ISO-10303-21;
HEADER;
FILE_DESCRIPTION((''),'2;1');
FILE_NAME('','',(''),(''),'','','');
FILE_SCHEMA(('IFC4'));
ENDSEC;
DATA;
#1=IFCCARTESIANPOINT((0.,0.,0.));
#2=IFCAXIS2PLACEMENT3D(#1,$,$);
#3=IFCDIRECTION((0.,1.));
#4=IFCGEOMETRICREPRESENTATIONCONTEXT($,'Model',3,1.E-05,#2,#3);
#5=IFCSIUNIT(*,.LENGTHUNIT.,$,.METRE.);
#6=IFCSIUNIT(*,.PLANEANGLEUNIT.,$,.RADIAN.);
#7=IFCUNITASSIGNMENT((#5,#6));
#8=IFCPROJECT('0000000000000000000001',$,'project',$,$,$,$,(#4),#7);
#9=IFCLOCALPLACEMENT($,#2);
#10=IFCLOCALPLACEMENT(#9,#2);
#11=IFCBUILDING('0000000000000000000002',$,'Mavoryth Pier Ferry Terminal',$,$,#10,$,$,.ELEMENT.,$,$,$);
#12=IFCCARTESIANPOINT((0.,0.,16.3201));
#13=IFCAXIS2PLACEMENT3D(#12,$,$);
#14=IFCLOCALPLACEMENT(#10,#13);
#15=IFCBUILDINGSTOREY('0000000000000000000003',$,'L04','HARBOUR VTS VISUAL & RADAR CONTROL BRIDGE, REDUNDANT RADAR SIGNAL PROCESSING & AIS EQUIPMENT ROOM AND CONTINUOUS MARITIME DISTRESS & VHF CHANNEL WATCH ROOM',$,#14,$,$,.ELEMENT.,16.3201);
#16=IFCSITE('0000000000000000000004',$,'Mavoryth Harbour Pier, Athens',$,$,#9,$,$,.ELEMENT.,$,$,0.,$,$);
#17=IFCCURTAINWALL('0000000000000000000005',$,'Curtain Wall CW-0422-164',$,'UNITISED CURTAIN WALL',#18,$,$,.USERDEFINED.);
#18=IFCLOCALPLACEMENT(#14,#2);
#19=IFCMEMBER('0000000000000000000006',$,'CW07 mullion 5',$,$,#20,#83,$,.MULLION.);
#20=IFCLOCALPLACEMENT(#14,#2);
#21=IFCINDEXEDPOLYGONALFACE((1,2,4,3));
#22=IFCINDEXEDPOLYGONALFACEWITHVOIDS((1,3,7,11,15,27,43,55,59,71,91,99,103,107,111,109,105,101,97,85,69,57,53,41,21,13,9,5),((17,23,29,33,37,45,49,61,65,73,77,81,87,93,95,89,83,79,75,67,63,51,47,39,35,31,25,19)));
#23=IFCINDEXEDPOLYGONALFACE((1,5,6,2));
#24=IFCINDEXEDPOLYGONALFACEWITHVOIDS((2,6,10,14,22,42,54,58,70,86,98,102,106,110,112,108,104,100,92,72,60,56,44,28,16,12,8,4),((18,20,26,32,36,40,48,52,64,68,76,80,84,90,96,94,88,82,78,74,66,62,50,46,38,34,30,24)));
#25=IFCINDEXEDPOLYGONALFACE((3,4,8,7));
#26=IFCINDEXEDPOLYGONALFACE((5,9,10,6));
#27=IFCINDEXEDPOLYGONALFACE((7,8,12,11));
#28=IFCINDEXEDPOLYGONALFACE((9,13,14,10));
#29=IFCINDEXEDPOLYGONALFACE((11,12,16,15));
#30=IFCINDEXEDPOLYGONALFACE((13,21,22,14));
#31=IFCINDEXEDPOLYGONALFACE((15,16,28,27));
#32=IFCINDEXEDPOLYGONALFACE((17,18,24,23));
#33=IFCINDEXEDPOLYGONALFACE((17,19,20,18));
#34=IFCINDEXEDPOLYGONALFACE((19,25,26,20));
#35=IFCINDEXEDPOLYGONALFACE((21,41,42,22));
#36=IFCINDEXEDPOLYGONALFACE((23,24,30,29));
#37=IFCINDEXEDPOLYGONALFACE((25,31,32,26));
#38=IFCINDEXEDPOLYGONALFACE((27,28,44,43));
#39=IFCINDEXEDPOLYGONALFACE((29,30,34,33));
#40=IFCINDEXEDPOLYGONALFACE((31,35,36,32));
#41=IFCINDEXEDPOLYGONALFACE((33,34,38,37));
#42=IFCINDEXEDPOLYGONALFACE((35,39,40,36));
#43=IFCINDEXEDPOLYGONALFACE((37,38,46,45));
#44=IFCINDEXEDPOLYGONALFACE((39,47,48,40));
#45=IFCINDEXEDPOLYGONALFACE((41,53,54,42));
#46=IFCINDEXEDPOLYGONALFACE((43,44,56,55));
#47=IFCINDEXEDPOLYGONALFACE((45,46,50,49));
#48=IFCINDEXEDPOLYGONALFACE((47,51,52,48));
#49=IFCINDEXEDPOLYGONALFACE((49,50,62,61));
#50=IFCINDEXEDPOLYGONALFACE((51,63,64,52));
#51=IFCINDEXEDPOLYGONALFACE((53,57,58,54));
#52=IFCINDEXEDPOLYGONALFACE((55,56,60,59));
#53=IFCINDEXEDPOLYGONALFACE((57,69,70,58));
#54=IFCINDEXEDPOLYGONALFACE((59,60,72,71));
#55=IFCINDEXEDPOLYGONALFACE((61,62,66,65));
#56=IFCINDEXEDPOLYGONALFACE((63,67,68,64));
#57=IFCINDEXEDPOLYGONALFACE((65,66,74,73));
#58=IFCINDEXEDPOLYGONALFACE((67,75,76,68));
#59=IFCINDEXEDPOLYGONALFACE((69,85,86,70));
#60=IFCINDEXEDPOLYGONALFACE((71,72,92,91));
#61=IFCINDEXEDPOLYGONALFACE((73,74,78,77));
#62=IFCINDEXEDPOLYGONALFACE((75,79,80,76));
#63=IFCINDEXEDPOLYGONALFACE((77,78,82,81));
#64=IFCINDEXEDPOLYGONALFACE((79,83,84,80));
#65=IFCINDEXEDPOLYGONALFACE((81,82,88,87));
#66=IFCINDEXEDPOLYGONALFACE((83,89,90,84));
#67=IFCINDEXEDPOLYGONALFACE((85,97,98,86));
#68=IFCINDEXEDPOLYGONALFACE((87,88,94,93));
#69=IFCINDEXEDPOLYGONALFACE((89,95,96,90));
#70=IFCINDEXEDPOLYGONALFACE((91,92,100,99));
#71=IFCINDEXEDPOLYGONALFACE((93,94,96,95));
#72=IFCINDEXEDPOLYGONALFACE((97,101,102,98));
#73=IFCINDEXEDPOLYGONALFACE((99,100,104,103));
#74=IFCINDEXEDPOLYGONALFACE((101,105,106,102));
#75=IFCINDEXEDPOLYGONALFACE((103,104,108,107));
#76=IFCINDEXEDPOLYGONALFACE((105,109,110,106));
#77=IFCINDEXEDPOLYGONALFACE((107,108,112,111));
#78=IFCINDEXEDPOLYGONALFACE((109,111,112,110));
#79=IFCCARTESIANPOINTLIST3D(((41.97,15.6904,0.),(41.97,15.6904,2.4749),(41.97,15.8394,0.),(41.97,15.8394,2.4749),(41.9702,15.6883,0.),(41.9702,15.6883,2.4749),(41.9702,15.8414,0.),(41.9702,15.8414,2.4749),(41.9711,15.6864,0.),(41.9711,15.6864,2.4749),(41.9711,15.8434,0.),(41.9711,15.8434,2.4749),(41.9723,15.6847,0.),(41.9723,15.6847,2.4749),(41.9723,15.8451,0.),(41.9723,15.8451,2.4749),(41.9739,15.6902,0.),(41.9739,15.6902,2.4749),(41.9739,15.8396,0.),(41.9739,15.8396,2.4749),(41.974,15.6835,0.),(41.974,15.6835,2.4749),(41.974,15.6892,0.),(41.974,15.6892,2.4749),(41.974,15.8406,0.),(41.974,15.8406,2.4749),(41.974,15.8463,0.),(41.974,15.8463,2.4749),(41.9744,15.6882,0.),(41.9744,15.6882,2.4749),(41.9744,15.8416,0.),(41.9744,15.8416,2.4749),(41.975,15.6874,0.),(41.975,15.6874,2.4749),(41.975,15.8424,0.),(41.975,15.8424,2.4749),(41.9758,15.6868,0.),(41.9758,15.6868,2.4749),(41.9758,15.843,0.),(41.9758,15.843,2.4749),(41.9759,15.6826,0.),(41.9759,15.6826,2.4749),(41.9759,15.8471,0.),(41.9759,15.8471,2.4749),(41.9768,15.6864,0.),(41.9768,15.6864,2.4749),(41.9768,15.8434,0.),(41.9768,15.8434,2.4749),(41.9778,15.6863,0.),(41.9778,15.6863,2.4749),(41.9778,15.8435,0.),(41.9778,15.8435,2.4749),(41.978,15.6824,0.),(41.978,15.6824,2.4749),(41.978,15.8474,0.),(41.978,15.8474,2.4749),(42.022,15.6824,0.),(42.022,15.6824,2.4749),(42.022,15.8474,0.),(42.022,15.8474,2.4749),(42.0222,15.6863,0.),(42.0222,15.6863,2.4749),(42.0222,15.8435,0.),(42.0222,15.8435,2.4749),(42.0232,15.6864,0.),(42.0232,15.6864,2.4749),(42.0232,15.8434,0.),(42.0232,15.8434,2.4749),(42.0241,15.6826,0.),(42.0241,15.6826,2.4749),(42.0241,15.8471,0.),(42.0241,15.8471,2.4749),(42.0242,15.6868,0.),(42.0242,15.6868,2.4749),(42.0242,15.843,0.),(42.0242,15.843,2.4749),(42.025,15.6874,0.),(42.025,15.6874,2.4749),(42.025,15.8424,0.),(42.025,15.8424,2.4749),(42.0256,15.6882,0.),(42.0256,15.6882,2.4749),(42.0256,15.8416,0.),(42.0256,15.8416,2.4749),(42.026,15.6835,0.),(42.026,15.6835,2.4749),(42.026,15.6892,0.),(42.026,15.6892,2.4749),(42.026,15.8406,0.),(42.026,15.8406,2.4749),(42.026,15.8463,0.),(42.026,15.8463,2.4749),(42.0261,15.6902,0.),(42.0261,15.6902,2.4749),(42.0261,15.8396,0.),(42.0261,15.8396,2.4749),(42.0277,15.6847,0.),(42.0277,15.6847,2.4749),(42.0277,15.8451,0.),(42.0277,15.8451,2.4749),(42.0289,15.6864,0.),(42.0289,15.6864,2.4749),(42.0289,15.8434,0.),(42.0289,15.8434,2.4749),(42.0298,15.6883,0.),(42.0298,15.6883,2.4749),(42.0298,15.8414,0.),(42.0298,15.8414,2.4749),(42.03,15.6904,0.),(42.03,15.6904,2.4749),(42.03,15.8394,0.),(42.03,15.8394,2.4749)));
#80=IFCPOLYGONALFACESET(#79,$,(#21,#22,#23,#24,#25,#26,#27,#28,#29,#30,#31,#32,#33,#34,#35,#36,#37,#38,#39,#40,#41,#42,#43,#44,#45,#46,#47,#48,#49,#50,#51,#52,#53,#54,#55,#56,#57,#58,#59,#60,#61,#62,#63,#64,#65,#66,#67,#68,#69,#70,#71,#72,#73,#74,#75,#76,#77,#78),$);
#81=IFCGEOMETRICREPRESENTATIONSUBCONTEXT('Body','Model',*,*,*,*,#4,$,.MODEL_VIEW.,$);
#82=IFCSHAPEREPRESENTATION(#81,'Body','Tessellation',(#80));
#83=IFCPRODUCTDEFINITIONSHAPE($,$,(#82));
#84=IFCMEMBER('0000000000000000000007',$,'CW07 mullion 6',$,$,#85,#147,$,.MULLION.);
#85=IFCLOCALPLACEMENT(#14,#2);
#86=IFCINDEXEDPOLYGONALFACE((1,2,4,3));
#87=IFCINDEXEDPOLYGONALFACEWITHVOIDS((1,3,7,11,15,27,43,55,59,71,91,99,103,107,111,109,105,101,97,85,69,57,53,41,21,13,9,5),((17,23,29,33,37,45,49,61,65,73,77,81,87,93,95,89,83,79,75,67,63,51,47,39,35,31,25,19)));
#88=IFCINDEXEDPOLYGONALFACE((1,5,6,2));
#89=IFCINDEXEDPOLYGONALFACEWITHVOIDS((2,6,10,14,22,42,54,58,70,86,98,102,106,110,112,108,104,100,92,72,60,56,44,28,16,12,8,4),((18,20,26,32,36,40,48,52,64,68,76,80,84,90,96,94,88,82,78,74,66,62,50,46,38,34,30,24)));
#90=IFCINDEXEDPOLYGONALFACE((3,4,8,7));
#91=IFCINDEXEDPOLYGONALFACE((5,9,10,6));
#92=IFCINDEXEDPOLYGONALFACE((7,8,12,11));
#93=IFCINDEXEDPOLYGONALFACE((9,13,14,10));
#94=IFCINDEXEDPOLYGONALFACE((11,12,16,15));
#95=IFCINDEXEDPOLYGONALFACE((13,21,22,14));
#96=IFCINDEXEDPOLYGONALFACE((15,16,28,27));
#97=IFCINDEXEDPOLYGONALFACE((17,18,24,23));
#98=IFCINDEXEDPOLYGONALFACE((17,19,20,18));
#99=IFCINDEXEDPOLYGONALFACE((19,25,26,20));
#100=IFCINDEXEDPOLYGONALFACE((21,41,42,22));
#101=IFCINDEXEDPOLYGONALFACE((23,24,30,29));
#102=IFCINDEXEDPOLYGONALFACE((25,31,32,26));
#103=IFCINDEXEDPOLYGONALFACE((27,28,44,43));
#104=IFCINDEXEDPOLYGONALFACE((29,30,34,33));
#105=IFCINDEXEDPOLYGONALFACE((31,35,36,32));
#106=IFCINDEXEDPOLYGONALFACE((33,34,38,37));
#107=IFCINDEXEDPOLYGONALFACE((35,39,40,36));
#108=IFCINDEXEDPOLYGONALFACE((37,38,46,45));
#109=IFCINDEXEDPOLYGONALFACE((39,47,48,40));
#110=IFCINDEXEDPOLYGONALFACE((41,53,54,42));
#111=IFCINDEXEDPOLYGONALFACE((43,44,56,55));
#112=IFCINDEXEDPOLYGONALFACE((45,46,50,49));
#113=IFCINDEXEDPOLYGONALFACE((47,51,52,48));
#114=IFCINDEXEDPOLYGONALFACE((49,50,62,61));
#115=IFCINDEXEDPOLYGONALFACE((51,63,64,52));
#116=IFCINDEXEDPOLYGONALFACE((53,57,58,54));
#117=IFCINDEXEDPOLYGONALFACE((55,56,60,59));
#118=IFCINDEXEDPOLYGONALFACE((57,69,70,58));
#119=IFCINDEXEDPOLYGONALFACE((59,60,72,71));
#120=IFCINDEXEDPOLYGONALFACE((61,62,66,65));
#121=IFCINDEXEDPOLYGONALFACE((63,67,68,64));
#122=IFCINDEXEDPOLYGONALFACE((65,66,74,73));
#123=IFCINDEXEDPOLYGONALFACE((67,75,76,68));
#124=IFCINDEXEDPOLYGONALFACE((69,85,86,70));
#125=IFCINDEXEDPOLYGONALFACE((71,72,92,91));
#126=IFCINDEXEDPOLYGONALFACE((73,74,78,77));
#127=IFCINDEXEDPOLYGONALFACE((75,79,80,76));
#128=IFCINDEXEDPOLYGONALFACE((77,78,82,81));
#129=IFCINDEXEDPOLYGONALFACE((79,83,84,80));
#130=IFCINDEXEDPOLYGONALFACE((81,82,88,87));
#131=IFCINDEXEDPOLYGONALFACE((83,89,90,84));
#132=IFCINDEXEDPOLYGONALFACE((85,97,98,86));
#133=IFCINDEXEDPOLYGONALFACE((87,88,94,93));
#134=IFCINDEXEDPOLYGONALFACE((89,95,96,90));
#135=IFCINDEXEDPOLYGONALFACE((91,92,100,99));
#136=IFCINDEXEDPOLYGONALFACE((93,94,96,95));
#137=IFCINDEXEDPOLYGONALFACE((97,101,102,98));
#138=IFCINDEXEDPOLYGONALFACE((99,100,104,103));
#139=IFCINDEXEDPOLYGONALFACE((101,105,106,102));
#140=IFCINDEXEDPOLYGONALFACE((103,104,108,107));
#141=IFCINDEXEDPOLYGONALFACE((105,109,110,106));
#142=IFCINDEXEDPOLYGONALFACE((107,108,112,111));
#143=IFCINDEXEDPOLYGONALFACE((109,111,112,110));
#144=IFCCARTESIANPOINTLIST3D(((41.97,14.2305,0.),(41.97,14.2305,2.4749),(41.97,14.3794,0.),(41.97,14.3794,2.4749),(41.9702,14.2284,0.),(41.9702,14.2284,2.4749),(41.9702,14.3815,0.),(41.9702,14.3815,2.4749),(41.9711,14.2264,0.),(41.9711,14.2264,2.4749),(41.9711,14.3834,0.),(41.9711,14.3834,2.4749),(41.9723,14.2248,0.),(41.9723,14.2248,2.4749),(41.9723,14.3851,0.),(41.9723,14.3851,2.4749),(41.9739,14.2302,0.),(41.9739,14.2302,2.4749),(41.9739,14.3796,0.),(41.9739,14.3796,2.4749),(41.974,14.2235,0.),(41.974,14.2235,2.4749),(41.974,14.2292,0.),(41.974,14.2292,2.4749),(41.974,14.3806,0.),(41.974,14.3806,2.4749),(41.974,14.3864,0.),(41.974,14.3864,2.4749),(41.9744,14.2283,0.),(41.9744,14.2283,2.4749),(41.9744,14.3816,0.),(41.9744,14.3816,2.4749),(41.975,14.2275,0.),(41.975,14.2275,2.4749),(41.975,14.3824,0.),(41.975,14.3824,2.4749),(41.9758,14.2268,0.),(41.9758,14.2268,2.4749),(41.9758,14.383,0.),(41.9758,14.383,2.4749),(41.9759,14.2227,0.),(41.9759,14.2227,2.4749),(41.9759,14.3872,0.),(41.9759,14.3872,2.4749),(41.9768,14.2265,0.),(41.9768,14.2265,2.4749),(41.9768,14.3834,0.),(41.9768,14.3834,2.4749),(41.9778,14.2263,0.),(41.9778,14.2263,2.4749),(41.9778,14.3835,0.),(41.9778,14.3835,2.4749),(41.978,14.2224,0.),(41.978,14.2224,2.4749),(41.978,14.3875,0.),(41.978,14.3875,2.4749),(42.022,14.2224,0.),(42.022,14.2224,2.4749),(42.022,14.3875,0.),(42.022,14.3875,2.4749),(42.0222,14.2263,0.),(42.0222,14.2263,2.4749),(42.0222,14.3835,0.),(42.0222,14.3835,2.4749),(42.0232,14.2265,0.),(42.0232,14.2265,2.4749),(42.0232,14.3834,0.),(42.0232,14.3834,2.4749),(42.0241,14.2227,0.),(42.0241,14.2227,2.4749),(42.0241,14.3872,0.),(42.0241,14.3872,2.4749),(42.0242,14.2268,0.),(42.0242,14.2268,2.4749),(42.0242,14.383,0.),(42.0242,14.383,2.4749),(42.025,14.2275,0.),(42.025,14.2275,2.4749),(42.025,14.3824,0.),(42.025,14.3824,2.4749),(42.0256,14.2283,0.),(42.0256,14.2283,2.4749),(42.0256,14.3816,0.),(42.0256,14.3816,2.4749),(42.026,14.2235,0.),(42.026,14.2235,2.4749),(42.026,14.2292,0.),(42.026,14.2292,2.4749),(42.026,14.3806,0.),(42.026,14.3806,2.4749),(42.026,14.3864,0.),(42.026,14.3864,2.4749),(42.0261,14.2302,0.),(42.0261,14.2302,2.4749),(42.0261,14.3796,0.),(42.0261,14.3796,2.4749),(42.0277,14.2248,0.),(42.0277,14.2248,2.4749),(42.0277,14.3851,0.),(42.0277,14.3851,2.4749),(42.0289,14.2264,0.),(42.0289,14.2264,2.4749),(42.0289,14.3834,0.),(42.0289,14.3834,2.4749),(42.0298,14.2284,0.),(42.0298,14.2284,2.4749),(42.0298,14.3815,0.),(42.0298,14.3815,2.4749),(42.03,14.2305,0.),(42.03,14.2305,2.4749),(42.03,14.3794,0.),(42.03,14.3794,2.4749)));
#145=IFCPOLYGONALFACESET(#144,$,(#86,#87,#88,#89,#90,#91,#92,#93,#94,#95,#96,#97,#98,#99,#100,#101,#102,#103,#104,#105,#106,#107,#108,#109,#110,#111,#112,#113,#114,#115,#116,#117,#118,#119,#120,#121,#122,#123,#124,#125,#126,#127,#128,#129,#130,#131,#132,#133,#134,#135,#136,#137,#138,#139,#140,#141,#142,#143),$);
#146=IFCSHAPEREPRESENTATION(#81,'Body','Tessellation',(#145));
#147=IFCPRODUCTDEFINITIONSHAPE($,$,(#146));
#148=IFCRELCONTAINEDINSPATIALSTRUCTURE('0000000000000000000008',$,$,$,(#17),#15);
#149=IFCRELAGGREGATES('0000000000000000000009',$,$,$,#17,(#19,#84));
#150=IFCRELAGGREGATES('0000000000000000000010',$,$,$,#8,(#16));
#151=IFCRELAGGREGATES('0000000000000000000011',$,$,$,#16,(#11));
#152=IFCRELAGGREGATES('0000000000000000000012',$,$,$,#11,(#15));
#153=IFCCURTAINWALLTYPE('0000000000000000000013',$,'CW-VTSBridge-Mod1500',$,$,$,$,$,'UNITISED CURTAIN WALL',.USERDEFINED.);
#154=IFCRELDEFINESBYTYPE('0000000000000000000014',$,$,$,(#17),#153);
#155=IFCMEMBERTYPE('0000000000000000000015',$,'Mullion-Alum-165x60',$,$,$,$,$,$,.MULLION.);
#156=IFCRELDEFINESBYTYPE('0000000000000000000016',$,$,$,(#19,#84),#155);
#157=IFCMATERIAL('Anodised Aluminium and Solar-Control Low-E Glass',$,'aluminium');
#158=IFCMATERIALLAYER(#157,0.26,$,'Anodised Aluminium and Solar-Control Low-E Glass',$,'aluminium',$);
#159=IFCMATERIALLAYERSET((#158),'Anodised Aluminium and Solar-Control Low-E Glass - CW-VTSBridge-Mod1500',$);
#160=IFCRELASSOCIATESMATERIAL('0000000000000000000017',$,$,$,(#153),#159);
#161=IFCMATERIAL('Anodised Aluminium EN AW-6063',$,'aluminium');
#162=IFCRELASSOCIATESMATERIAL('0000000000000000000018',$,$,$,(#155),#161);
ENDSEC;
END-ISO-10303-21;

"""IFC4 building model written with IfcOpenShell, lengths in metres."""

from ifc_helpers import new_model, si_unit, direction, frame, origin, origin_2d, place, context, subcontext, project, spatial, hollow_rectangle, extrude, material, layer, layer_set, material_profile, profile_set, type_object, element, aggregate, save


model = new_model("IFC4")

# Units and contexts
model_context = context("Model", 3, precision=1e-05, world=origin(), true_north=direction((0.0, 1.0)))
body_context = subcontext(model_context, "Body", "Model", "MODEL_VIEW")
ifc_project = project(units=[si_unit("LENGTHUNIT", "METRE"), si_unit("PLANEANGLEUNIT", "RADIAN")], contexts=[model_context])

# Site, building, storey
site_placement = place(None, origin())
site = spatial("IfcSite", under=ifc_project, at=site_placement, Name="Mavoryth Harbour Pier, Athens", CompositionType="ELEMENT", RefElevation=0.0)
building_placement = place(site_placement, origin())
building = spatial("IfcBuilding", under=site, at=building_placement, Name="Mavoryth Pier Ferry Terminal", CompositionType="ELEMENT")
storey_placement = place(building_placement, frame((0.0, 0.0, 16.3201)))
storey = spatial("IfcBuildingStorey", under=building, at=storey_placement, Name="L04", Description="HARBOUR VTS VISUAL & RADAR CONTROL BRIDGE, REDUNDANT RADAR SIGNAL PROCESSING & AIS EQUIPMENT ROOM AND CONTINUOUS MARITIME DISTRESS & VHF CHANNEL WATCH ROOM", CompositionType="ELEMENT", Elevation=16.3201)

# Curtain wall, members
ifc_material_1 = material(Name="Anodised Aluminium and Solar-Control Low-E Glass", Category="aluminium")
ifc_layer_1 = layer(ifc_material_1, 0.26, Name="Anodised Aluminium and Solar-Control Low-E Glass", Category="aluminium")
ifc_layer_set_1 = layer_set([ifc_layer_1], Name="Anodised Aluminium and Solar-Control Low-E Glass - CW-VTSBridge-Mod1500")
curtain_wall_type = type_object("IfcCurtainWallType", Name="CW-VTSBridge-Mod1500", ElementType="UNITISED CURTAIN WALL", PredefinedType="USERDEFINED", material=ifc_layer_set_1)
curtain_wall_1_placement = place(storey_placement, origin())
curtain_wall_1 = element("IfcCurtainWall", 1, at=curtain_wall_1_placement, inside=storey, type_object=curtain_wall_type, Name="Curtain Wall CW-0422-164", ObjectType="UNITISED CURTAIN WALL", PredefinedType="USERDEFINED")
ifc_material_2 = material(Name="Anodised Aluminium EN AW-6063", Category="aluminium")
ifc_material_profile_1 = material_profile(ifc_material_2, hollow_rectangle(XDim=0.0601, YDim=0.165, WallThickness=0.0039, InnerFilletRadius=0.0039, OuterFilletRadius=0.0081, at=origin_2d()), Name="AL-MULL 165x60x4", Category="aluminium")
ifc_profile_set_1 = profile_set([ifc_material_profile_1], Name="Anodised Aluminium EN AW-6063 - AL-MULL 165x60x4")
member_type_1 = type_object("IfcMemberType", Name="Mullion-Alum-165x60", PredefinedType="MULLION", material=ifc_profile_set_1)
member_1_placement = place(storey_placement, frame((42.0, 15.7649, 0.0), z_axis=(0.0, 0.0, 1.0), x_axis=(1.0, 0.0, 0.0)))
member_1 = element("IfcMember", 2, at=member_1_placement, type_object=member_type_1, Name="CW07 mullion 5", PredefinedType="MULLION", context=body_context, shape_type="SweptSolid", body=[
    extrude(hollow_rectangle(XDim=0.0601, YDim=0.165, WallThickness=0.0039, InnerFilletRadius=0.0039, OuterFilletRadius=0.0081, at=origin_2d()), origin(), (0.0, 0.0, 1.0), 2.4749),
])
member_2_placement = place(storey_placement, frame((42.0, 14.3049, 0.0), z_axis=(0.0, 0.0, 1.0), x_axis=(1.0, 0.0, 0.0)))
member_2 = element("IfcMember", 3, at=member_2_placement, type_object=member_type_1, Name="CW07 mullion 6", PredefinedType="MULLION", context=body_context, shape_type="SweptSolid", body=[
    extrude(hollow_rectangle(XDim=0.0601, YDim=0.165, WallThickness=0.0039, InnerFilletRadius=0.0039, OuterFilletRadius=0.0081, at=origin_2d()), origin(), (0.0, 0.0, 1.0), 2.4749),
])
aggregate(curtain_wall_1, [member_1, member_2])

save(model, "model.ifc")
